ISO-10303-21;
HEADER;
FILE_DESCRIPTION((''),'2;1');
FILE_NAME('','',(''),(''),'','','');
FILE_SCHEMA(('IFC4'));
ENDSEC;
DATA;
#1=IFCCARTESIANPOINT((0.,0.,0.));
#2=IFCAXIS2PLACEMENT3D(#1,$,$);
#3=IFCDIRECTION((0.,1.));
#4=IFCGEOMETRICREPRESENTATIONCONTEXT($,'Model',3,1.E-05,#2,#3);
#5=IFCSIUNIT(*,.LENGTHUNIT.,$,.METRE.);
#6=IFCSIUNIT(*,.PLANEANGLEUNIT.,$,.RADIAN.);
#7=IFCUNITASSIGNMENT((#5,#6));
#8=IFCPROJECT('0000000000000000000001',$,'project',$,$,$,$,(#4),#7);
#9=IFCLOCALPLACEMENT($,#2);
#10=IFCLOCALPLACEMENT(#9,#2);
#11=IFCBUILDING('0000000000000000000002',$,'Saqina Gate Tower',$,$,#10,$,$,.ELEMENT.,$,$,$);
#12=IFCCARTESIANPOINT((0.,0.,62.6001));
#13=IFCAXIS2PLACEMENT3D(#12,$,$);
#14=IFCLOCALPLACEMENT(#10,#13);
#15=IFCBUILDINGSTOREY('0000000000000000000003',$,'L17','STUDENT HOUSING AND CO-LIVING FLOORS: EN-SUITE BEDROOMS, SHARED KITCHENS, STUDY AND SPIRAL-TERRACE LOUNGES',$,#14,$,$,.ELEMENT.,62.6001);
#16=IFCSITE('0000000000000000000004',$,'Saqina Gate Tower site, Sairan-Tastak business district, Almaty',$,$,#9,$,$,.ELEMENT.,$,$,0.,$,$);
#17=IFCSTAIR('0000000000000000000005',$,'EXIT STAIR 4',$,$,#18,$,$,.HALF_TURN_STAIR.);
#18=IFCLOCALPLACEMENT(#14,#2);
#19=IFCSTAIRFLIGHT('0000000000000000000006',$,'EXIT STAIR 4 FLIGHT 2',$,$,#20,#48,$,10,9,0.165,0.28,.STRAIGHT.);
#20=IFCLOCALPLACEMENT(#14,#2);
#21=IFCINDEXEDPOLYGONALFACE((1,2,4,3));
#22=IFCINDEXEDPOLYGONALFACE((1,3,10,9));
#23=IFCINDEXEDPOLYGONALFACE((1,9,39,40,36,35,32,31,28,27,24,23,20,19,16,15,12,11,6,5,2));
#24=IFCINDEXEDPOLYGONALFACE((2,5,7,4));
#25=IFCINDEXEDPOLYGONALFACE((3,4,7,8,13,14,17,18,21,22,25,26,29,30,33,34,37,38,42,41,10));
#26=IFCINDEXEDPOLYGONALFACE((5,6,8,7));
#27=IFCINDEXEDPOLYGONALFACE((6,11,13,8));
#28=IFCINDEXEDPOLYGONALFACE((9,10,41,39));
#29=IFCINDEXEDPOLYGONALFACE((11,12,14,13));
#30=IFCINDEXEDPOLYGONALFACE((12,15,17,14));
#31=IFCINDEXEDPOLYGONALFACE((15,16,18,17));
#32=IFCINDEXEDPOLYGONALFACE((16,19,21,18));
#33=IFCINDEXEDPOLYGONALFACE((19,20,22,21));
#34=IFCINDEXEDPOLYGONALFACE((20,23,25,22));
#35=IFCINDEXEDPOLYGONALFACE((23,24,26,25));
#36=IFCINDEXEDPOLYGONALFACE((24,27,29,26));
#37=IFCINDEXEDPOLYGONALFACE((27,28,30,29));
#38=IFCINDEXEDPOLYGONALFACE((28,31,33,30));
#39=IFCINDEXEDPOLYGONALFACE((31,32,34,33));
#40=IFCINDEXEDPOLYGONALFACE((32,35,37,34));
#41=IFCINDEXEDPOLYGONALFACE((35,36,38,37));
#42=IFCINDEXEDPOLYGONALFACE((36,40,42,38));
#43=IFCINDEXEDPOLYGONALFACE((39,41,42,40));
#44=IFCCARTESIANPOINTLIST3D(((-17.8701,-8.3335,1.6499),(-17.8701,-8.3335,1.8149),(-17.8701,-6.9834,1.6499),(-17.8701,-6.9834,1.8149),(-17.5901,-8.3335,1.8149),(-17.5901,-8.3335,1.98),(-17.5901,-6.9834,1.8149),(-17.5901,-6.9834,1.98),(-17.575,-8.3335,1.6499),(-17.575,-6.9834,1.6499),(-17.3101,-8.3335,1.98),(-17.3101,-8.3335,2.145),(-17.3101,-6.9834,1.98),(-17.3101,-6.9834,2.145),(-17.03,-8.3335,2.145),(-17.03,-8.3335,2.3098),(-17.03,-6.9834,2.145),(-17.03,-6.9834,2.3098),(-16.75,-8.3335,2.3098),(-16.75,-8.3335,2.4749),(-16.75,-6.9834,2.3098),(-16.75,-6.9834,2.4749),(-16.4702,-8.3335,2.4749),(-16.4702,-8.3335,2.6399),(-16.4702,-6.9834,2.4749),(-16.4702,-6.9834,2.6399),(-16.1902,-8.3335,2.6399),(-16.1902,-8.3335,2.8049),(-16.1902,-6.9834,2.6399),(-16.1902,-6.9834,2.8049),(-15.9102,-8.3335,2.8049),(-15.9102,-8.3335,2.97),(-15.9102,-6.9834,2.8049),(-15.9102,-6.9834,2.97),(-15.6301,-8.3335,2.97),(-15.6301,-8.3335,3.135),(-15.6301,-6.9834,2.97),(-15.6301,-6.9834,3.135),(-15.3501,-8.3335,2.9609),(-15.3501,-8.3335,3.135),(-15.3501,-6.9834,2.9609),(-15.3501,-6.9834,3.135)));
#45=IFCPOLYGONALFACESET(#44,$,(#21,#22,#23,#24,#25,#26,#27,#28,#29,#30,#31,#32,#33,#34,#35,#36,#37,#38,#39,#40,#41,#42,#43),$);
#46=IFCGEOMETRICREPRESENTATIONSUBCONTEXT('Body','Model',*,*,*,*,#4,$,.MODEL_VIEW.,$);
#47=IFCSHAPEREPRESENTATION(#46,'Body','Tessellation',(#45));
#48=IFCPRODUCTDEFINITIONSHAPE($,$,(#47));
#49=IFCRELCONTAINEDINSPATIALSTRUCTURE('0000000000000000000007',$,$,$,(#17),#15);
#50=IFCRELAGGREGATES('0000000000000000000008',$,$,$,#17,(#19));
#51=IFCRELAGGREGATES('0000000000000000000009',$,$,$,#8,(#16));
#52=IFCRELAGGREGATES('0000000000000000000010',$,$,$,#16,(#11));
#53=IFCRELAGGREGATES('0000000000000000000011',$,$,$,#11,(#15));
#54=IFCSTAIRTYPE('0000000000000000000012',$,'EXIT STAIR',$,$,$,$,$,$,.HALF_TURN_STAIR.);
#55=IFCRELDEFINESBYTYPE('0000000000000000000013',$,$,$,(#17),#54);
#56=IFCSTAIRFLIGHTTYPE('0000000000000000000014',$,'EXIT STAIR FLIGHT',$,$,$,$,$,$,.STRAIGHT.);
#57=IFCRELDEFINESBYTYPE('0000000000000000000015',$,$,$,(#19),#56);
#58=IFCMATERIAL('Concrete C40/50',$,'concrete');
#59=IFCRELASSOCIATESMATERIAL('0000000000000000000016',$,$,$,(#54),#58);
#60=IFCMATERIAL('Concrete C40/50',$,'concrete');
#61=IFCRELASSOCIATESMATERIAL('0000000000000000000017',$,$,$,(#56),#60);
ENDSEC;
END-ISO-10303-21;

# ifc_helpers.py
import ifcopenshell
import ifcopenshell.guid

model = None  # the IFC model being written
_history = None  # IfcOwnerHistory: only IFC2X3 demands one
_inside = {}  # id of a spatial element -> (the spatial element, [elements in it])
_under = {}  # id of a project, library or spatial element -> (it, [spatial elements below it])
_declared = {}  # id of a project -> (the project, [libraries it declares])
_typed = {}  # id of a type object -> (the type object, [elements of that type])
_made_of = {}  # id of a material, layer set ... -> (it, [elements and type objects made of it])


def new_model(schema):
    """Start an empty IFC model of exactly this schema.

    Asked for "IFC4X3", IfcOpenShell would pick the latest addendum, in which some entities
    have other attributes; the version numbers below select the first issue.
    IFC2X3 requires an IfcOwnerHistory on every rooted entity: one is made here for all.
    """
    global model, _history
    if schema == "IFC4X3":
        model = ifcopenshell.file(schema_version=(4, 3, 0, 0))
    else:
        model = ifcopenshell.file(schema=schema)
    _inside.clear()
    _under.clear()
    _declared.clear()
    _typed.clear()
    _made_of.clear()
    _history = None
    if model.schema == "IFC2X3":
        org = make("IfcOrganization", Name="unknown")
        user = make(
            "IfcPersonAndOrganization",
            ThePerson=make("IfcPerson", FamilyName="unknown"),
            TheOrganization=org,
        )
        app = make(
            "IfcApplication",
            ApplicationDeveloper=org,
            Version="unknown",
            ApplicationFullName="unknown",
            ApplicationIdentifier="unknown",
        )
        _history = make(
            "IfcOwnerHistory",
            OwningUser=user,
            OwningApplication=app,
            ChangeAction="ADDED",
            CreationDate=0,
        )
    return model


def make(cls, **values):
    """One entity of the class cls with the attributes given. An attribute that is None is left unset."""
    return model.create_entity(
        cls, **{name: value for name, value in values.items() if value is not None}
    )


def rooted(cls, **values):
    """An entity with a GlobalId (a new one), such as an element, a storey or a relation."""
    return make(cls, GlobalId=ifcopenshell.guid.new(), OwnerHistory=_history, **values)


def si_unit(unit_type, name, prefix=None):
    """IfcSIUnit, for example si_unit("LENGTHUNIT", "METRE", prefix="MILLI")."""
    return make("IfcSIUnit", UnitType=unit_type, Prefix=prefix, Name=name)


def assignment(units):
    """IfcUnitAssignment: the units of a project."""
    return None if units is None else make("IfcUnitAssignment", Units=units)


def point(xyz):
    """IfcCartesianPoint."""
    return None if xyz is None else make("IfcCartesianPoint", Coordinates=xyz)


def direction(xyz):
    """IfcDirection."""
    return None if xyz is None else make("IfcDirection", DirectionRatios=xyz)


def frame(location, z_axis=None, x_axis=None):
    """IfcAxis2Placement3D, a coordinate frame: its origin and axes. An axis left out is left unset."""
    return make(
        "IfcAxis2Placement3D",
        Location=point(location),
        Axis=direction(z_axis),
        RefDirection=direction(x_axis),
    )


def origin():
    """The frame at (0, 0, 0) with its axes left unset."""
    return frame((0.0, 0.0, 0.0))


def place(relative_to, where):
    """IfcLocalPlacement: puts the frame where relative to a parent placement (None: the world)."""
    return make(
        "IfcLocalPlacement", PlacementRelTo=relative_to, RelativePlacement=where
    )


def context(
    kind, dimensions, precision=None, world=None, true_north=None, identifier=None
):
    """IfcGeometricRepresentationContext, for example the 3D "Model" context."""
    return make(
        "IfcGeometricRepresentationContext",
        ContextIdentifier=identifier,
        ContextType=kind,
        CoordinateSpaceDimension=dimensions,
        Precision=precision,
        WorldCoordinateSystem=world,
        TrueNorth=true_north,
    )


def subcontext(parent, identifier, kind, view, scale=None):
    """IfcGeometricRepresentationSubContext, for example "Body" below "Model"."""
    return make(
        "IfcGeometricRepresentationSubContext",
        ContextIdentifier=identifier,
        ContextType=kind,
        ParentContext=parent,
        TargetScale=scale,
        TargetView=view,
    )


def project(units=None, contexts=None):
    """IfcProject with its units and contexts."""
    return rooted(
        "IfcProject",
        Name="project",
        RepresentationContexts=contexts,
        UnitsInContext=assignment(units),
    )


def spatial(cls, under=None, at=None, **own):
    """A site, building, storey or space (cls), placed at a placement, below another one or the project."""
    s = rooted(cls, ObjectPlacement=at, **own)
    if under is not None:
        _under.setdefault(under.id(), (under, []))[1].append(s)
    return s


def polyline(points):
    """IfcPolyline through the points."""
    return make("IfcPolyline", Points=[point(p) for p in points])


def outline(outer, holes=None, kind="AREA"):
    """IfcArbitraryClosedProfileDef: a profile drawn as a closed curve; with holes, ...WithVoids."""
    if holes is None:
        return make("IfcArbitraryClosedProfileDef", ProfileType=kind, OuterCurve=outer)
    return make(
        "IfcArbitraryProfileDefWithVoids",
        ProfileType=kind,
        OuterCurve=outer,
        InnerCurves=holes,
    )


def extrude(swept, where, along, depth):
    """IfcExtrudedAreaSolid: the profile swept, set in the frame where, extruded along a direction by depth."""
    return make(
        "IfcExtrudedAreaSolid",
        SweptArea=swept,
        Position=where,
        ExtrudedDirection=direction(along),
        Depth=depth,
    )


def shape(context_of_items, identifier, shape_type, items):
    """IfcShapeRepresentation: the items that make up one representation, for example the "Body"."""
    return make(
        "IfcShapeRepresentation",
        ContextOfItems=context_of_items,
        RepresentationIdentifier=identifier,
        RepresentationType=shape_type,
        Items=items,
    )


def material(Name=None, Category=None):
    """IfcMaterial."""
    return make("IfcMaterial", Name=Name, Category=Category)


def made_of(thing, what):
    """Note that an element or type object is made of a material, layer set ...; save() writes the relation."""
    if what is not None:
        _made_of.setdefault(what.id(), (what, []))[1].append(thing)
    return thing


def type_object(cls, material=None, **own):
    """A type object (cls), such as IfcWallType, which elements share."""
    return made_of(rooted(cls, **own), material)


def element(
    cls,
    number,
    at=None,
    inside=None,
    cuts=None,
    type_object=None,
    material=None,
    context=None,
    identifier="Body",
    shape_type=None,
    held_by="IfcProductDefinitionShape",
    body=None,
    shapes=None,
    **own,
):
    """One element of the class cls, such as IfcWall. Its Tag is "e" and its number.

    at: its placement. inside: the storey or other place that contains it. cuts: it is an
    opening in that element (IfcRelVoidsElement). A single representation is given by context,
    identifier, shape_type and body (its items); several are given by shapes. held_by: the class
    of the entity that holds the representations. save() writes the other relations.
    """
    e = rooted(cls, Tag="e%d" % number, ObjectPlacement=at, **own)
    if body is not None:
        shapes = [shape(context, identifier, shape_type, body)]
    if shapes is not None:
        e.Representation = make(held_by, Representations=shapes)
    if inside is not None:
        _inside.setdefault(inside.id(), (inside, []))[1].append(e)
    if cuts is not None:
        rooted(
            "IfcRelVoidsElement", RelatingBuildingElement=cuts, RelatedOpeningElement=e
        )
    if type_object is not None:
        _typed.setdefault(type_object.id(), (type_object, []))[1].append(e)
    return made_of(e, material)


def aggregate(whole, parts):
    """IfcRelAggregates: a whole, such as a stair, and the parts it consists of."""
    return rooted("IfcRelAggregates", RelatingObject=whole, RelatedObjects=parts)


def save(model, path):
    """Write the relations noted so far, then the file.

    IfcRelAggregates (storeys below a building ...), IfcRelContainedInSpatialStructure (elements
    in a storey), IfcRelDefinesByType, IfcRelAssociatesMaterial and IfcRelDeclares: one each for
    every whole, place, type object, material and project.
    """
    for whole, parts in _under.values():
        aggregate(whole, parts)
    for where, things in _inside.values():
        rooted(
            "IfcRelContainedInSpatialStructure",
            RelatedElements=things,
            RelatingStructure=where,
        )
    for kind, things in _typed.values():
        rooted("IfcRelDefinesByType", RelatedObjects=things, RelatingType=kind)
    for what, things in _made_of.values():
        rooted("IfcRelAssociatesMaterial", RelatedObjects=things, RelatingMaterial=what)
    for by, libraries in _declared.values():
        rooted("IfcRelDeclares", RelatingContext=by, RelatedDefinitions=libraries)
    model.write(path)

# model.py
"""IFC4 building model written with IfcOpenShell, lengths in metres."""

from ifc_helpers import new_model, si_unit, direction, frame, origin, place, context, subcontext, project, spatial, polyline, outline, extrude, material, type_object, element, aggregate, save


model = new_model("IFC4")

# Units and contexts
model_context = context("Model", 3, precision=1e-05, world=origin(), true_north=direction((0.0, 1.0)))
body_context = subcontext(model_context, "Body", "Model", "MODEL_VIEW")
ifc_project = project(units=[si_unit("LENGTHUNIT", "METRE"), si_unit("PLANEANGLEUNIT", "RADIAN")], contexts=[model_context])

# Site, building, storey
site_placement = place(None, origin())
site = spatial("IfcSite", under=ifc_project, at=site_placement, Name="Saqina Gate Tower site, Sairan-Tastak business district, Almaty", CompositionType="ELEMENT", RefElevation=0.0)
building_placement = place(site_placement, origin())
building = spatial("IfcBuilding", under=site, at=building_placement, Name="Saqina Gate Tower", CompositionType="ELEMENT")
storey_placement = place(building_placement, frame((0.0, 0.0, 62.6001)))
storey = spatial("IfcBuildingStorey", under=building, at=storey_placement, Name="L17", Description="STUDENT HOUSING AND CO-LIVING FLOORS: EN-SUITE BEDROOMS, SHARED KITCHENS, STUDY AND SPIRAL-TERRACE LOUNGES", CompositionType="ELEMENT", Elevation=62.6001)

# Stair, stair flight
ifc_material_1 = material(Name="Concrete C40/50", Category="concrete")
stair_type = type_object("IfcStairType", Name="EXIT STAIR", PredefinedType="HALF_TURN_STAIR", material=ifc_material_1)
stair_placement = place(storey_placement, origin())
stair = element("IfcStair", 1, at=stair_placement, inside=storey, type_object=stair_type, Name="EXIT STAIR 4", PredefinedType="HALF_TURN_STAIR")
ifc_material_2 = material(Name="Concrete C40/50", Category="concrete")
stair_flight_type = type_object("IfcStairFlightType", Name="EXIT STAIR FLIGHT", PredefinedType="STRAIGHT", material=ifc_material_2)
stair_flight_placement = place(storey_placement, frame((-17.8701, -7.6584, 1.6499), z_axis=(0.0, 0.0, 1.0), x_axis=(1.0, 0.0, 0.0)))
stair_flight = element("IfcStairFlight", 2, at=stair_flight_placement, type_object=stair_flight_type, Name="EXIT STAIR 4 FLIGHT 2", NumberOfRisers=10, NumberOfTreads=9, PredefinedType="STRAIGHT", RiserHeight=0.165, TreadLength=0.28, context=body_context, shape_type="SweptSolid", body=[
    extrude(outline(polyline([(0.0, 0.0), (0.0, 0.165), (0.28, 0.165), (0.28, 0.3301), (0.5601, 0.3301), (0.5601, 0.4951), (0.8401, 0.4951), (0.8401, 0.6599), (1.1201, 0.6599), (1.1201, 0.825), (1.3999, 0.825), (1.3999, 0.99), (1.6799, 0.99), (1.6799, 1.155), (1.96, 1.155), (1.96, 1.3201), (2.24, 1.3201), (2.24, 1.4851), (2.52, 1.4851), (2.52, 1.6499), (2.52, 1.311), (0.2952, 0.0), (0.0, 0.0)])), frame((0.0, 0.675, 0.0), z_axis=(0.0, -1.0, 0.0), x_axis=(1.0, 0.0, 0.0)), (0.0, 0.0, 1.0), 1.3501),
])
aggregate(stair, [stair_flight])

save(model, "model.ifc")
